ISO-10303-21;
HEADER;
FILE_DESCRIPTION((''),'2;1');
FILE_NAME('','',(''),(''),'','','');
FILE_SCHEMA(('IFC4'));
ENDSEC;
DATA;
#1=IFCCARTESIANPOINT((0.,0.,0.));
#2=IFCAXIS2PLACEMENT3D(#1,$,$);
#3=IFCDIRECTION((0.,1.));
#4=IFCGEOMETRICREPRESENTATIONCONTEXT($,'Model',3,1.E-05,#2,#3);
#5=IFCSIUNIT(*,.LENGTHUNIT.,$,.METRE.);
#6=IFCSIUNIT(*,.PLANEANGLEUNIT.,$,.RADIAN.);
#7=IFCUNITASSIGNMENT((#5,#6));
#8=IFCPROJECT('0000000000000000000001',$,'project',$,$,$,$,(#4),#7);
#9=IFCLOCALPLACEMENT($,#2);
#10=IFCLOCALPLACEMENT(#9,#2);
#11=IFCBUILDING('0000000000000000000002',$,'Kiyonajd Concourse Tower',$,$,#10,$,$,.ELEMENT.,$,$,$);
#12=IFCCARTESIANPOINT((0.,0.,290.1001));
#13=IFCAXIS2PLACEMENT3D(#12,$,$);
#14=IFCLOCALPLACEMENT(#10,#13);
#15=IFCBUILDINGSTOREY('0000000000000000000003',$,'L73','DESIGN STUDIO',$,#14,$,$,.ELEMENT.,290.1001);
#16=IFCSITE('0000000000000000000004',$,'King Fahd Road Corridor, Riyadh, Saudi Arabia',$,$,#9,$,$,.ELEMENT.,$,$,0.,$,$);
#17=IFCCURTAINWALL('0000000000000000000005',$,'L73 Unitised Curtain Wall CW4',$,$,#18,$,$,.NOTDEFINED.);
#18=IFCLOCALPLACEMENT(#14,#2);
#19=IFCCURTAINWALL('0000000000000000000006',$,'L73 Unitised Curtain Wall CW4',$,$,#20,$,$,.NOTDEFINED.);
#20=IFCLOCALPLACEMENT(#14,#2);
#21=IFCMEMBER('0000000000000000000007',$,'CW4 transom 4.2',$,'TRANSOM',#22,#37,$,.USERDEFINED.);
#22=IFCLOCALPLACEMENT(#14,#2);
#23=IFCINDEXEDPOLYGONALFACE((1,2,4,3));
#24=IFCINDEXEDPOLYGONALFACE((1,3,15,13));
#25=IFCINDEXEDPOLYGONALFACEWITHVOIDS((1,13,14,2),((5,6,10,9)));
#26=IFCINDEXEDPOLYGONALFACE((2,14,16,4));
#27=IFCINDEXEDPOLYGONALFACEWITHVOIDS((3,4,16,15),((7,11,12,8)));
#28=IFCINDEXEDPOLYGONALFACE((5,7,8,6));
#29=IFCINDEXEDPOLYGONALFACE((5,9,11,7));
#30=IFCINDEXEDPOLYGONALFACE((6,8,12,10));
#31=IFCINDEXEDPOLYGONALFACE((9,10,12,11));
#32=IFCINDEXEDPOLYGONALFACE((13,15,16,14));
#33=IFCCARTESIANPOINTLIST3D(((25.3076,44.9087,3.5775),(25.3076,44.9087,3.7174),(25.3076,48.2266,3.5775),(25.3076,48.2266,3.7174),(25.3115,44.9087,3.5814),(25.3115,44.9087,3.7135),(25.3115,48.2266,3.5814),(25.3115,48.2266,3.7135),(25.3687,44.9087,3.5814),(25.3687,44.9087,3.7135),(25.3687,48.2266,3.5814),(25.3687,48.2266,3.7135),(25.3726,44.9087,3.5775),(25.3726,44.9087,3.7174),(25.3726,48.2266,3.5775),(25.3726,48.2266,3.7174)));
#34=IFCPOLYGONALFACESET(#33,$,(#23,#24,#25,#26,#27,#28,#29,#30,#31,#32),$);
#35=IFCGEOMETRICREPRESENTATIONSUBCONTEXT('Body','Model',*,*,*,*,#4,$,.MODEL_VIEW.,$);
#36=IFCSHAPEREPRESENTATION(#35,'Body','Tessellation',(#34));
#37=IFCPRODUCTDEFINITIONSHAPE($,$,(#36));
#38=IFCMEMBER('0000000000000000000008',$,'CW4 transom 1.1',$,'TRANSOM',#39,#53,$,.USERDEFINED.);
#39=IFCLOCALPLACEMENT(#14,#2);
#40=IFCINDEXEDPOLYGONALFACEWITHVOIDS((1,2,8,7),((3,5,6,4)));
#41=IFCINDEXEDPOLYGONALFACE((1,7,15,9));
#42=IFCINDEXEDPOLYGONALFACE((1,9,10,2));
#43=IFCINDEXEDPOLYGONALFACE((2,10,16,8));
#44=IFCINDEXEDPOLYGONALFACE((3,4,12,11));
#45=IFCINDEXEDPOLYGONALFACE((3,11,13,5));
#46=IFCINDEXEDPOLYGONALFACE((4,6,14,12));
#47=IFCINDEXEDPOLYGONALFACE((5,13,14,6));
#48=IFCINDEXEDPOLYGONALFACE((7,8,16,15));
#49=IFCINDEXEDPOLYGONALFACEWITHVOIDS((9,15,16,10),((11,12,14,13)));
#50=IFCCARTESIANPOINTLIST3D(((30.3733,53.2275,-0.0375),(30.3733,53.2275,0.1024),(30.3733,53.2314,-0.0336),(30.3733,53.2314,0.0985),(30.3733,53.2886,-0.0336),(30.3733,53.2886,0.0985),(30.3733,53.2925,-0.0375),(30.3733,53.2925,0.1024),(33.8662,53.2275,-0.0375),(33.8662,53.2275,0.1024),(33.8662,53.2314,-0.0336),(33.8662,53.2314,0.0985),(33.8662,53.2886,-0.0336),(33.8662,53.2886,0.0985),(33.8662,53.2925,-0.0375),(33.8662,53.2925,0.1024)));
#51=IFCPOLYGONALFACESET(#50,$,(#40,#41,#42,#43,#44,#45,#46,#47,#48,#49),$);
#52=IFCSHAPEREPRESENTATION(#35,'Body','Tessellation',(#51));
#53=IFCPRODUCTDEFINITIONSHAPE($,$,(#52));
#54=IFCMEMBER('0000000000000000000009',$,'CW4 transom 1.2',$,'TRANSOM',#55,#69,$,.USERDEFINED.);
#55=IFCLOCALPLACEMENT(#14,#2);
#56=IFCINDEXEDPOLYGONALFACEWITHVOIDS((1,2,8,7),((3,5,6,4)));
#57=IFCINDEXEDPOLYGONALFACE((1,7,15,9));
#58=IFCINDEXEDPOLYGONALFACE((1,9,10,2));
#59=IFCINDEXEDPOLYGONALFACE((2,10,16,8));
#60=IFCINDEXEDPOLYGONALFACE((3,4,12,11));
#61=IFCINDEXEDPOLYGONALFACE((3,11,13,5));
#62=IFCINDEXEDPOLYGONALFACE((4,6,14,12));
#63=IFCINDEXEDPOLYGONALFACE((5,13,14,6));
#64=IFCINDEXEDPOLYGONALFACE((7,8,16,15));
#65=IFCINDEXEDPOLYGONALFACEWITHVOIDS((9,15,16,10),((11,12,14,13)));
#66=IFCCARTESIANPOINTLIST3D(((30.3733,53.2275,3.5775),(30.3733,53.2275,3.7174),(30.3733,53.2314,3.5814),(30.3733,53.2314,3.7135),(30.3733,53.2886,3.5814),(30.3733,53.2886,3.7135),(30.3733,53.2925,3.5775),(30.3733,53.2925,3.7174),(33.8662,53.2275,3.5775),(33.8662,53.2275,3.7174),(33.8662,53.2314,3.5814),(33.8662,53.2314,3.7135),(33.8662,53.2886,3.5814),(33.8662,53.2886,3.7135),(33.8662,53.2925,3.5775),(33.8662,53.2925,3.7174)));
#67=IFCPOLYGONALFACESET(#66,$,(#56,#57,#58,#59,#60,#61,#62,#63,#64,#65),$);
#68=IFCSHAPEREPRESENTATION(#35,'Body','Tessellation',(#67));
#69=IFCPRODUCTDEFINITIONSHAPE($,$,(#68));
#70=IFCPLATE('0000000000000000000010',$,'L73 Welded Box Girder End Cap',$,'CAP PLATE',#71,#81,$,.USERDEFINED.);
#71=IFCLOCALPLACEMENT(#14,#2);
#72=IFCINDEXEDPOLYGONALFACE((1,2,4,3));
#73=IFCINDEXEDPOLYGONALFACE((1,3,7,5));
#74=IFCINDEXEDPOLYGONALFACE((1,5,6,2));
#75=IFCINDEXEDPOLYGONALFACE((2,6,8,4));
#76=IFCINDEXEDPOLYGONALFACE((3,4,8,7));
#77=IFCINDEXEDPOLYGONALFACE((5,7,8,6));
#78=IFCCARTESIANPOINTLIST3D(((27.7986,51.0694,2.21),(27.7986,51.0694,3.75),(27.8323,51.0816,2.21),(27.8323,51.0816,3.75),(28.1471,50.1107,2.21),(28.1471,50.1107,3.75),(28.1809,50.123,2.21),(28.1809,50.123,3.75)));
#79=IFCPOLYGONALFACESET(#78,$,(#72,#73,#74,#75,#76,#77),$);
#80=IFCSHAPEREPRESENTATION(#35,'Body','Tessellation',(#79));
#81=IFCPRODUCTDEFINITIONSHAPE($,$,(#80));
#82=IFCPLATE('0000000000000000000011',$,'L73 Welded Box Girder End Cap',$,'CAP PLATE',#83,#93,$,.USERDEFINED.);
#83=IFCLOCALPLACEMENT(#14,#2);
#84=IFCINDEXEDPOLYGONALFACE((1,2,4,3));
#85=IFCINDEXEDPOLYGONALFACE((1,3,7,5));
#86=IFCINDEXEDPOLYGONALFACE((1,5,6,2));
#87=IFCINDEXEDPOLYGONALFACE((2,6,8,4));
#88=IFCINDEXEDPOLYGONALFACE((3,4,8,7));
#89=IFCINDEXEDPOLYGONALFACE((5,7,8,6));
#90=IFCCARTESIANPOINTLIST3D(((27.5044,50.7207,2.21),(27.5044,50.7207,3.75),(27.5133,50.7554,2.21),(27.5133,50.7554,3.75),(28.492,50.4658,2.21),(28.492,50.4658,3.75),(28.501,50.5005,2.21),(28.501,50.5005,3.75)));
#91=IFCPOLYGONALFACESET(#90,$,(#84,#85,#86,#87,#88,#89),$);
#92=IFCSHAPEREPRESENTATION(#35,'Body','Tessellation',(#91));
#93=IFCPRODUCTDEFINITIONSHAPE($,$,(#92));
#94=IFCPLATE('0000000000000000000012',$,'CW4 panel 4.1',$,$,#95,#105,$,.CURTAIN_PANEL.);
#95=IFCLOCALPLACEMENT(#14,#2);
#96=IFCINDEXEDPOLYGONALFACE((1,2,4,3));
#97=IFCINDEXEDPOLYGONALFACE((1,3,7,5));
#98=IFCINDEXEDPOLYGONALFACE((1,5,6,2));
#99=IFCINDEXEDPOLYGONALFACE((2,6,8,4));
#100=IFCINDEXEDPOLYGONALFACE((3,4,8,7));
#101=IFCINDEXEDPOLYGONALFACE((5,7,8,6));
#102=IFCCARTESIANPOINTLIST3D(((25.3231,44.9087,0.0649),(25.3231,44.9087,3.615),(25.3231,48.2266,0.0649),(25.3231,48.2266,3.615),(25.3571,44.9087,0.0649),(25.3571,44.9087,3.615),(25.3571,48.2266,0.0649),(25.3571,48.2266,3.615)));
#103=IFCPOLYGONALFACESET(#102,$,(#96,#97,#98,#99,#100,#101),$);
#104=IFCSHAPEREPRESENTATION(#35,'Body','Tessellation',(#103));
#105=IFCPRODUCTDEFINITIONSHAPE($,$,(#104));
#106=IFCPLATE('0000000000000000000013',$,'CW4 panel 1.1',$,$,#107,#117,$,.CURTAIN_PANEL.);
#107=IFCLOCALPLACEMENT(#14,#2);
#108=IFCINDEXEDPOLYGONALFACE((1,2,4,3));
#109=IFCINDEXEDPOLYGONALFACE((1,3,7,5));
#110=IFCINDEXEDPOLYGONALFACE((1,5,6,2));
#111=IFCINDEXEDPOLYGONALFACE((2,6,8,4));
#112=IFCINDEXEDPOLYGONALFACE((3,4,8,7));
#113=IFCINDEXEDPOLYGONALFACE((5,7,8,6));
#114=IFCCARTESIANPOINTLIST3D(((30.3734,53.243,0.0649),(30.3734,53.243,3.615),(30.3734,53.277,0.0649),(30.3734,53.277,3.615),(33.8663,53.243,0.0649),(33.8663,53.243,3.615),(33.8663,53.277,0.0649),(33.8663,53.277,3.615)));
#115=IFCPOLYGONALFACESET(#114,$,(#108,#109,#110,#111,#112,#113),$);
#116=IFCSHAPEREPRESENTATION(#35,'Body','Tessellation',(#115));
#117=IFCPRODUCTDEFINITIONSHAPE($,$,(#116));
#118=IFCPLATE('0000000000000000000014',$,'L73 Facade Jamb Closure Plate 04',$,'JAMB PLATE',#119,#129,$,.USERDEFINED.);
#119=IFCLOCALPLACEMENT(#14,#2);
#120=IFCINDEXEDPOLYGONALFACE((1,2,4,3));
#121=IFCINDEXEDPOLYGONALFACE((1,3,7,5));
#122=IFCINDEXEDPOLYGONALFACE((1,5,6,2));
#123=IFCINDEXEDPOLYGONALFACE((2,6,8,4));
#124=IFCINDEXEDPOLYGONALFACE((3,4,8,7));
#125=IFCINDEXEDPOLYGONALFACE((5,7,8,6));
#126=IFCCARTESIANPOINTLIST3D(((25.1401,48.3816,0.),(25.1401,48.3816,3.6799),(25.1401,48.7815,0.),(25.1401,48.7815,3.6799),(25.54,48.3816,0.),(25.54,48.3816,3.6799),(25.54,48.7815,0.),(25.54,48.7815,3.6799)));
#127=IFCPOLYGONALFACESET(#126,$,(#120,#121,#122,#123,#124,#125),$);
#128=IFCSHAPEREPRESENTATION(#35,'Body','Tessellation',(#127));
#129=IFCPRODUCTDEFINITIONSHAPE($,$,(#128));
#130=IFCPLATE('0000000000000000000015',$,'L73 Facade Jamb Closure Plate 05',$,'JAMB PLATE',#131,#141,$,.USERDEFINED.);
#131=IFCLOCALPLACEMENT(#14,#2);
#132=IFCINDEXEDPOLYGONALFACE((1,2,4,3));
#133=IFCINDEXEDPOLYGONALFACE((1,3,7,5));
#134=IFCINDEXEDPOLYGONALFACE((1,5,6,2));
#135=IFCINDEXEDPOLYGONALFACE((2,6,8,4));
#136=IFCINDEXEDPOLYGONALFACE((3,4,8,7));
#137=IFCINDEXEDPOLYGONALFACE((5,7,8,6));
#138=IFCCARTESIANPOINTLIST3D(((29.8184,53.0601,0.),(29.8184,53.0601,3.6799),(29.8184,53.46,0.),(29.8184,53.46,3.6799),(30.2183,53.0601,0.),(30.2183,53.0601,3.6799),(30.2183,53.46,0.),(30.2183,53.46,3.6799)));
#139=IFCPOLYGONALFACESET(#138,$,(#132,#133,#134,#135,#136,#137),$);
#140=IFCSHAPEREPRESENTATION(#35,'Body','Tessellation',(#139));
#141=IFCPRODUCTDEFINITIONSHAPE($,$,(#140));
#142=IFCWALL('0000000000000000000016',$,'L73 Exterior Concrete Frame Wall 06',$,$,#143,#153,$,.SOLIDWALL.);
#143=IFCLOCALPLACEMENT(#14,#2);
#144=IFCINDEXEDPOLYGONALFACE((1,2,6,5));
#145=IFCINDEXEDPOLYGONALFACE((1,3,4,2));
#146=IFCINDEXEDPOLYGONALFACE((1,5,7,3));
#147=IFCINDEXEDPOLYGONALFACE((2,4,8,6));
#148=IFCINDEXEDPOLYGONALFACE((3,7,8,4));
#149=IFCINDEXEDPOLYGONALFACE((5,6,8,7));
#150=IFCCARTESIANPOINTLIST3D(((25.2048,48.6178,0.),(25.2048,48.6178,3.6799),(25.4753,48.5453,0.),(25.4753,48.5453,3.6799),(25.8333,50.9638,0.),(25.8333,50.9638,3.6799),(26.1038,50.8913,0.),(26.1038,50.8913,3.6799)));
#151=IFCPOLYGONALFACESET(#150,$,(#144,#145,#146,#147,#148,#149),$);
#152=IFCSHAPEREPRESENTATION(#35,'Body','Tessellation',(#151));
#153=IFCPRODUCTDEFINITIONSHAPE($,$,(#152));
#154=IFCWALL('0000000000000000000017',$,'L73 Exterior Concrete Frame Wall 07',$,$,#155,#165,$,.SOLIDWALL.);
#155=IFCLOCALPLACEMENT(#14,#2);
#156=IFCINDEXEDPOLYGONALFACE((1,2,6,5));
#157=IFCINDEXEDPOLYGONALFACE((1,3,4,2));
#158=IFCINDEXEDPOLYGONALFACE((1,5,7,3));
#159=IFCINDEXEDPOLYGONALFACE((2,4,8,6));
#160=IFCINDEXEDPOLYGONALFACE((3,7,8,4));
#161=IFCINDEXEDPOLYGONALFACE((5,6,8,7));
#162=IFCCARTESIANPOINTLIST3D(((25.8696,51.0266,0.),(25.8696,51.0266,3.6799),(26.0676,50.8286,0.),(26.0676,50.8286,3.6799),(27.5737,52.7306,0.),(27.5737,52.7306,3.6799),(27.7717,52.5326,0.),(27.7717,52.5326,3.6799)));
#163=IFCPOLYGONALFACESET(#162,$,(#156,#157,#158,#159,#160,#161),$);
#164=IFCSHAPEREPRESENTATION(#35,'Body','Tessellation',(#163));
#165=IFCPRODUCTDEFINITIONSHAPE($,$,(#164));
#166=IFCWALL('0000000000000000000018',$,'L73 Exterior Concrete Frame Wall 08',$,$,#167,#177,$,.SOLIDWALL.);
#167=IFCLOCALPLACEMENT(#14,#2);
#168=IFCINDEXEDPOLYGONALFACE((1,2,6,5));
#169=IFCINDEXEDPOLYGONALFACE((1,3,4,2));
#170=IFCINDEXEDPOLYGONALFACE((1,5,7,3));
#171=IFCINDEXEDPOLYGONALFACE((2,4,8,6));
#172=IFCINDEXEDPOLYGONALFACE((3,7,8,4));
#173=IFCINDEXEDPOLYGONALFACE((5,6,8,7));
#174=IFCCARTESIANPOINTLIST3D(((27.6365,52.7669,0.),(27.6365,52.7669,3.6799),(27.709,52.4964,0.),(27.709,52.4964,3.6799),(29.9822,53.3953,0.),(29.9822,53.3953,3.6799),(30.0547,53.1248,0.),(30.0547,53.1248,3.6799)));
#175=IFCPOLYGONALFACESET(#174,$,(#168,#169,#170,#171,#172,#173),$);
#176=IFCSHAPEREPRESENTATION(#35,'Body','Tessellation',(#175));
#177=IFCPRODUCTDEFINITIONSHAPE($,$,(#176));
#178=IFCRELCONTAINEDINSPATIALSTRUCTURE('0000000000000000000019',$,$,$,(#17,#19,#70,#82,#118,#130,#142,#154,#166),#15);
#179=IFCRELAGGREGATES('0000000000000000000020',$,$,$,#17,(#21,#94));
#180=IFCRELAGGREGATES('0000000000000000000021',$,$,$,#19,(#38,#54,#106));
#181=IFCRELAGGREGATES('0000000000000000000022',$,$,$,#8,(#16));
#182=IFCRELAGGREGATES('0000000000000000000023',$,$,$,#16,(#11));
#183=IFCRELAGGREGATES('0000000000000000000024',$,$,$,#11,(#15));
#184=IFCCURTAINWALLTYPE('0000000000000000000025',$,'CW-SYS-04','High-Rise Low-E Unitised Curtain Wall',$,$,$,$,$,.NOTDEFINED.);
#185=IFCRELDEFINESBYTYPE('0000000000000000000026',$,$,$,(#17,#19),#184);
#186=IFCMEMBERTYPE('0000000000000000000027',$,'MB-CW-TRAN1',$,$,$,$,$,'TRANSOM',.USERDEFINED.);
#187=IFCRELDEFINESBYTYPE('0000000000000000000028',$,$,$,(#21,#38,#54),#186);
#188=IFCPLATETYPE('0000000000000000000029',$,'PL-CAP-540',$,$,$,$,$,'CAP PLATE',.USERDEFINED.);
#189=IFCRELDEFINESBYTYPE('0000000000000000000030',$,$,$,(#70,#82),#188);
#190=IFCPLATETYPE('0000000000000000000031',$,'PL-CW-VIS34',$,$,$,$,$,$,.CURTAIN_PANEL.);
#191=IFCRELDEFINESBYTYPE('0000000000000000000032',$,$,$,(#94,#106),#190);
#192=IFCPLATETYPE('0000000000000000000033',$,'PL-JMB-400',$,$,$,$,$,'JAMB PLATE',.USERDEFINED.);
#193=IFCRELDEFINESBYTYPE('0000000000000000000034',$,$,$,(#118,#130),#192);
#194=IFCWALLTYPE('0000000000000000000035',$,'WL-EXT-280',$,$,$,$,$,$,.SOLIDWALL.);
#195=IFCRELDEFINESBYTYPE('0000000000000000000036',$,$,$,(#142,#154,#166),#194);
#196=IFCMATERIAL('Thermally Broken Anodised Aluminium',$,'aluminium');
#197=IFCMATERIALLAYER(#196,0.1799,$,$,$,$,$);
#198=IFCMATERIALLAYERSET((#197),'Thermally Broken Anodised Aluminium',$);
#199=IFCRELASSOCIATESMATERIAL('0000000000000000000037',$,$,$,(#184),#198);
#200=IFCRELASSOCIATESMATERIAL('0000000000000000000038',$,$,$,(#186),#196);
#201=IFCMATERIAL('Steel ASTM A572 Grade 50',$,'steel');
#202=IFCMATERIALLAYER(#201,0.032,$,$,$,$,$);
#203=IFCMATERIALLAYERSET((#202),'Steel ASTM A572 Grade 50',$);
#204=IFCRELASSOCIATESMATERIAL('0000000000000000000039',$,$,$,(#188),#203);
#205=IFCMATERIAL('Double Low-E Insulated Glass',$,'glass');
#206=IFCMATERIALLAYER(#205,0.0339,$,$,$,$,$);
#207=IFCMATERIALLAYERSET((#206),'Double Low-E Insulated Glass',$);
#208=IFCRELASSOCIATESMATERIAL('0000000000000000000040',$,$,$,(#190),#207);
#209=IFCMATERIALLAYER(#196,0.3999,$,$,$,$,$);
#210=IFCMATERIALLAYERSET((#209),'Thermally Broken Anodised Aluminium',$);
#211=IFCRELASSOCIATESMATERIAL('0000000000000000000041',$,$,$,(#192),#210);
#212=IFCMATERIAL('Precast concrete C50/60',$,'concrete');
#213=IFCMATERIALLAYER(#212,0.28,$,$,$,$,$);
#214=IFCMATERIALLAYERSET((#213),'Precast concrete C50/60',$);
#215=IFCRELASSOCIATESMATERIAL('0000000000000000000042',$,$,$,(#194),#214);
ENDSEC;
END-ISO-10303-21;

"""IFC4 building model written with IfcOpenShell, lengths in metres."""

from ifc_helpers import new_model, si_unit, direction, frame, frame_2d, origin, origin_2d, place, context, subcontext, project, spatial, rectangle, hollow_rectangle, extrude, material, layer, layer_set, material_profile, profile_set, type_object, element, aggregate, save


model = new_model("IFC4")

# Units and contexts
model_context = context("Model", 3, precision=1e-05, world=origin(), true_north=direction((0.0, 1.0)))
body_context = subcontext(model_context, "Body", "Model", "MODEL_VIEW")
ifc_project = project(units=[si_unit("LENGTHUNIT", "METRE"), si_unit("PLANEANGLEUNIT", "RADIAN")], contexts=[model_context])

# Site, building, storey
site_placement = place(None, origin())
site = spatial("IfcSite", under=ifc_project, at=site_placement, Name="King Fahd Road Corridor, Riyadh, Saudi Arabia", CompositionType="ELEMENT", RefElevation=0.0)
building_placement = place(site_placement, origin())
building = spatial("IfcBuilding", under=site, at=building_placement, Name="Kiyonajd Concourse Tower", CompositionType="ELEMENT")
storey_placement = place(building_placement, frame((0.0, 0.0, 290.1001)))
storey = spatial("IfcBuildingStorey", under=building, at=storey_placement, Name="L73", Description="DESIGN STUDIO", CompositionType="ELEMENT", Elevation=290.1001)

# Shared definitions
ifc_material_1 = material(Name="Steel ASTM A572 Grade 50", Category="steel")

# Curtain wall
ifc_material_2 = material(Name="Thermally Broken Anodised Aluminium", Category="aluminium")
ifc_layer_1 = layer(ifc_material_2, 0.1799)
ifc_layer_set_1 = layer_set([ifc_layer_1], Name="Thermally Broken Anodised Aluminium")
curtain_wall_type = type_object("IfcCurtainWallType", Name="CW-SYS-04", Description="High-Rise Low-E Unitised Curtain Wall", PredefinedType="NOTDEFINED", material=ifc_layer_set_1)
curtain_wall_1_placement = place(storey_placement, origin())
curtain_wall_1 = element("IfcCurtainWall", 1, at=curtain_wall_1_placement, inside=storey, type_object=curtain_wall_type, Name="L73 Unitised Curtain Wall CW4", PredefinedType="NOTDEFINED")

# Curtain wall
curtain_wall_2_placement = place(storey_placement, origin())
curtain_wall_2 = element("IfcCurtainWall", 2, at=curtain_wall_2_placement, inside=storey, type_object=curtain_wall_type, Name="L73 Unitised Curtain Wall CW4", PredefinedType="NOTDEFINED")

# Members
ifc_material_profile_1 = material_profile(ifc_material_2, hollow_rectangle(XDim=0.0649, YDim=0.1399, WallThickness=0.0039, at=origin_2d()), Name="TRAN-65x140")
ifc_profile_set_1 = profile_set([ifc_material_profile_1], Name="Thermally Broken Anodised Aluminium")
member_type_1 = type_object("IfcMemberType", Name="MB-CW-TRAN1", ElementType="TRANSOM", PredefinedType="USERDEFINED", material=ifc_profile_set_1)
member_1_placement = place(storey_placement, frame((25.3401, 44.9087, 3.6475), z_axis=(0.0, 1.0, 0.0), x_axis=(-1.0, 0.0, 0.0)))
member_1 = element("IfcMember", 3, at=member_1_placement, type_object=member_type_1, Name="CW4 transom 4.2", ObjectType="TRANSOM", PredefinedType="USERDEFINED", context=body_context, shape_type="SweptSolid", body=[
    extrude(hollow_rectangle(XDim=0.0649, YDim=0.1399, WallThickness=0.0039, at=origin_2d()), origin(), (0.0, 0.0, 1.0), 3.3179),
])
member_2_placement = place(storey_placement, frame((30.3733, 53.26, 0.0325), z_axis=(1.0, 0.0, 0.0), x_axis=(0.0, 1.0, 0.0)))
member_2 = element("IfcMember", 4, at=member_2_placement, type_object=member_type_1, Name="CW4 transom 1.1", ObjectType="TRANSOM", PredefinedType="USERDEFINED", context=body_context, shape_type="SweptSolid", body=[
    extrude(hollow_rectangle(XDim=0.0649, YDim=0.1399, WallThickness=0.0039, at=origin_2d()), origin(), (0.0, 0.0, 1.0), 3.4929),
])
member_3_placement = place(storey_placement, frame((30.3733, 53.26, 3.6475), z_axis=(1.0, 0.0, 0.0), x_axis=(0.0, 1.0, 0.0)))
member_3 = element("IfcMember", 5, at=member_3_placement, type_object=member_type_1, Name="CW4 transom 1.2", ObjectType="TRANSOM", PredefinedType="USERDEFINED", context=body_context, shape_type="SweptSolid", body=[
    extrude(hollow_rectangle(XDim=0.0649, YDim=0.1399, WallThickness=0.0039, at=origin_2d()), origin(), (0.0, 0.0, 1.0), 3.4929),
])

# Plates
ifc_layer_2 = layer(ifc_material_1, 0.032)
ifc_layer_set_2 = layer_set([ifc_layer_2], Name="Steel ASTM A572 Grade 50")
plate_type_1 = type_object("IfcPlateType", Name="PL-CAP-540", ElementType="CAP PLATE", PredefinedType="USERDEFINED", material=ifc_layer_set_2)
for number, where, z_axis, x_axis, name in (
    (6, (27.9897, 50.5962, 2.21), (0.0, 0.0, 1.0), (-0.939812, -0.341692, 0.0), "L73 Welded Box Girder End Cap"),
    (7, (28.0027, 50.6106, 2.21), (0.0, 0.0, 1.0), (0.249873, 0.968279, 0.0), "L73 Welded Box Girder End Cap"),
):
    element("IfcPlate", number, at=place(storey_placement, frame(where, z_axis=z_axis, x_axis=x_axis)), inside=storey, type_object=plate_type_1, Name=name, ObjectType="CAP PLATE", PredefinedType="USERDEFINED", context=body_context, shape_type="SweptSolid", body=[
        extrude(rectangle(XDim=0.0359, YDim=1.02, at=origin_2d()), origin(), (0.0, 0.0, 1.0), 1.54),
    ])

# Plates
ifc_material_3 = material(Name="Double Low-E Insulated Glass", Category="glass")
ifc_layer_3 = layer(ifc_material_3, 0.0339)
ifc_layer_set_3 = layer_set([ifc_layer_3], Name="Double Low-E Insulated Glass")
plate_type_2 = type_object("IfcPlateType", Name="PL-CW-VIS34", PredefinedType="CURTAIN_PANEL", material=ifc_layer_set_3)
plate_1_placement = place(storey_placement, frame((25.3401, 46.5676, 0.0649), z_axis=(0.0, 0.0, 1.0), x_axis=(0.0, 1.0, 0.0)))
plate_1 = element("IfcPlate", 8, at=plate_1_placement, type_object=plate_type_2, Name="CW4 panel 4.1", PredefinedType="CURTAIN_PANEL", context=body_context, shape_type="SweptSolid", body=[
    extrude(rectangle(XDim=3.3179, YDim=0.0339, at=origin_2d()), origin(), (0.0, 0.0, 1.0), 3.55),
])
aggregate(curtain_wall_1, [member_1, plate_1])
plate_2_placement = place(storey_placement, frame((32.1199, 53.26, 0.0649), z_axis=(0.0, 0.0, 1.0), x_axis=(1.0, 0.0, 0.0)))
plate_2 = element("IfcPlate", 9, at=plate_2_placement, type_object=plate_type_2, Name="CW4 panel 1.1", PredefinedType="CURTAIN_PANEL", context=body_context, shape_type="SweptSolid", body=[
    extrude(rectangle(XDim=3.4929, YDim=0.0339, at=origin_2d()), origin(), (0.0, 0.0, 1.0), 3.55),
])
aggregate(curtain_wall_2, [member_2, member_3, plate_2])

# Plates
ifc_layer_4 = layer(ifc_material_2, 0.3999)
ifc_layer_set_4 = layer_set([ifc_layer_4], Name="Thermally Broken Anodised Aluminium")
plate_type_3 = type_object("IfcPlateType", Name="PL-JMB-400", ElementType="JAMB PLATE", PredefinedType="USERDEFINED", material=ifc_layer_set_4)
for number, where, z_axis, x_axis, name in (
    (10, (25.3401, 48.5815, 0.0), (0.0, 0.0, 1.0), (1.0, 0.0, 0.0), "L73 Facade Jamb Closure Plate 04"),
    (11, (30.0183, 53.26, 0.0), (0.0, 0.0, 1.0), (1.0, 0.0, 0.0), "L73 Facade Jamb Closure Plate 05"),
):
    element("IfcPlate", number, at=place(storey_placement, frame(where, z_axis=z_axis, x_axis=x_axis)), inside=storey, type_object=plate_type_3, Name=name, ObjectType="JAMB PLATE", PredefinedType="USERDEFINED", context=body_context, shape_type="SweptSolid", body=[
        extrude(rectangle(XDim=0.3999, YDim=0.3999, at=origin_2d()), origin(), (0.0, 0.0, 1.0), 3.6799),
    ])

# Walls
ifc_material_4 = material(Name="Precast concrete C50/60", Category="concrete")
ifc_layer_5 = layer(ifc_material_4, 0.28)
ifc_layer_set_5 = layer_set([ifc_layer_5], Name="Precast concrete C50/60")
wall_type_1 = type_object("IfcWallType", Name="WL-EXT-280", PredefinedType="SOLIDWALL", material=ifc_layer_set_5)
wall_1_placement = place(storey_placement, frame((25.3401, 48.5815, 0.0), z_axis=(0.0, 0.0, 1.0), x_axis=(0.258751, 0.965944, 0.0)))
element("IfcWall", 12, at=wall_1_placement, inside=storey, type_object=wall_type_1, Name="L73 Exterior Concrete Frame Wall 06", PredefinedType="SOLIDWALL", context=body_context, shape_type="SweptSolid", body=[
    extrude(rectangle(XDim=2.4287, YDim=0.28, at=frame_2d((1.2144, 0.0))), origin(), (0.0, 0.0, 1.0), 3.6799),
])
wall_2_placement = place(storey_placement, frame((25.9685, 50.9275, 0.0), z_axis=(0.0, 0.0, 1.0), x_axis=(0.707107, 0.707107, 0.0)))
element("IfcWall", 13, at=wall_2_placement, inside=storey, type_object=wall_type_1, Name="L73 Exterior Concrete Frame Wall 07", PredefinedType="SOLIDWALL", context=body_context, shape_type="SweptSolid", body=[
    extrude(rectangle(XDim=2.4099, YDim=0.28, at=frame_2d((1.2051, 0.0))), origin(), (0.0, 0.0, 1.0), 3.6799),
])
wall_3_placement = place(storey_placement, frame((27.6726, 52.6316, 0.0), z_axis=(0.0, 0.0, 1.0), x_axis=(0.965937, 0.258776, 0.0)))
element("IfcWall", 14, at=wall_3_placement, inside=storey, type_object=wall_type_1, Name="L73 Exterior Concrete Frame Wall 08", PredefinedType="SOLIDWALL", context=body_context, shape_type="SweptSolid", body=[
    extrude(rectangle(XDim=2.4285, YDim=0.28, at=frame_2d((1.2144, 0.0))), origin(), (0.0, 0.0, 1.0), 3.6799),
])

save(model, "model.ifc")
